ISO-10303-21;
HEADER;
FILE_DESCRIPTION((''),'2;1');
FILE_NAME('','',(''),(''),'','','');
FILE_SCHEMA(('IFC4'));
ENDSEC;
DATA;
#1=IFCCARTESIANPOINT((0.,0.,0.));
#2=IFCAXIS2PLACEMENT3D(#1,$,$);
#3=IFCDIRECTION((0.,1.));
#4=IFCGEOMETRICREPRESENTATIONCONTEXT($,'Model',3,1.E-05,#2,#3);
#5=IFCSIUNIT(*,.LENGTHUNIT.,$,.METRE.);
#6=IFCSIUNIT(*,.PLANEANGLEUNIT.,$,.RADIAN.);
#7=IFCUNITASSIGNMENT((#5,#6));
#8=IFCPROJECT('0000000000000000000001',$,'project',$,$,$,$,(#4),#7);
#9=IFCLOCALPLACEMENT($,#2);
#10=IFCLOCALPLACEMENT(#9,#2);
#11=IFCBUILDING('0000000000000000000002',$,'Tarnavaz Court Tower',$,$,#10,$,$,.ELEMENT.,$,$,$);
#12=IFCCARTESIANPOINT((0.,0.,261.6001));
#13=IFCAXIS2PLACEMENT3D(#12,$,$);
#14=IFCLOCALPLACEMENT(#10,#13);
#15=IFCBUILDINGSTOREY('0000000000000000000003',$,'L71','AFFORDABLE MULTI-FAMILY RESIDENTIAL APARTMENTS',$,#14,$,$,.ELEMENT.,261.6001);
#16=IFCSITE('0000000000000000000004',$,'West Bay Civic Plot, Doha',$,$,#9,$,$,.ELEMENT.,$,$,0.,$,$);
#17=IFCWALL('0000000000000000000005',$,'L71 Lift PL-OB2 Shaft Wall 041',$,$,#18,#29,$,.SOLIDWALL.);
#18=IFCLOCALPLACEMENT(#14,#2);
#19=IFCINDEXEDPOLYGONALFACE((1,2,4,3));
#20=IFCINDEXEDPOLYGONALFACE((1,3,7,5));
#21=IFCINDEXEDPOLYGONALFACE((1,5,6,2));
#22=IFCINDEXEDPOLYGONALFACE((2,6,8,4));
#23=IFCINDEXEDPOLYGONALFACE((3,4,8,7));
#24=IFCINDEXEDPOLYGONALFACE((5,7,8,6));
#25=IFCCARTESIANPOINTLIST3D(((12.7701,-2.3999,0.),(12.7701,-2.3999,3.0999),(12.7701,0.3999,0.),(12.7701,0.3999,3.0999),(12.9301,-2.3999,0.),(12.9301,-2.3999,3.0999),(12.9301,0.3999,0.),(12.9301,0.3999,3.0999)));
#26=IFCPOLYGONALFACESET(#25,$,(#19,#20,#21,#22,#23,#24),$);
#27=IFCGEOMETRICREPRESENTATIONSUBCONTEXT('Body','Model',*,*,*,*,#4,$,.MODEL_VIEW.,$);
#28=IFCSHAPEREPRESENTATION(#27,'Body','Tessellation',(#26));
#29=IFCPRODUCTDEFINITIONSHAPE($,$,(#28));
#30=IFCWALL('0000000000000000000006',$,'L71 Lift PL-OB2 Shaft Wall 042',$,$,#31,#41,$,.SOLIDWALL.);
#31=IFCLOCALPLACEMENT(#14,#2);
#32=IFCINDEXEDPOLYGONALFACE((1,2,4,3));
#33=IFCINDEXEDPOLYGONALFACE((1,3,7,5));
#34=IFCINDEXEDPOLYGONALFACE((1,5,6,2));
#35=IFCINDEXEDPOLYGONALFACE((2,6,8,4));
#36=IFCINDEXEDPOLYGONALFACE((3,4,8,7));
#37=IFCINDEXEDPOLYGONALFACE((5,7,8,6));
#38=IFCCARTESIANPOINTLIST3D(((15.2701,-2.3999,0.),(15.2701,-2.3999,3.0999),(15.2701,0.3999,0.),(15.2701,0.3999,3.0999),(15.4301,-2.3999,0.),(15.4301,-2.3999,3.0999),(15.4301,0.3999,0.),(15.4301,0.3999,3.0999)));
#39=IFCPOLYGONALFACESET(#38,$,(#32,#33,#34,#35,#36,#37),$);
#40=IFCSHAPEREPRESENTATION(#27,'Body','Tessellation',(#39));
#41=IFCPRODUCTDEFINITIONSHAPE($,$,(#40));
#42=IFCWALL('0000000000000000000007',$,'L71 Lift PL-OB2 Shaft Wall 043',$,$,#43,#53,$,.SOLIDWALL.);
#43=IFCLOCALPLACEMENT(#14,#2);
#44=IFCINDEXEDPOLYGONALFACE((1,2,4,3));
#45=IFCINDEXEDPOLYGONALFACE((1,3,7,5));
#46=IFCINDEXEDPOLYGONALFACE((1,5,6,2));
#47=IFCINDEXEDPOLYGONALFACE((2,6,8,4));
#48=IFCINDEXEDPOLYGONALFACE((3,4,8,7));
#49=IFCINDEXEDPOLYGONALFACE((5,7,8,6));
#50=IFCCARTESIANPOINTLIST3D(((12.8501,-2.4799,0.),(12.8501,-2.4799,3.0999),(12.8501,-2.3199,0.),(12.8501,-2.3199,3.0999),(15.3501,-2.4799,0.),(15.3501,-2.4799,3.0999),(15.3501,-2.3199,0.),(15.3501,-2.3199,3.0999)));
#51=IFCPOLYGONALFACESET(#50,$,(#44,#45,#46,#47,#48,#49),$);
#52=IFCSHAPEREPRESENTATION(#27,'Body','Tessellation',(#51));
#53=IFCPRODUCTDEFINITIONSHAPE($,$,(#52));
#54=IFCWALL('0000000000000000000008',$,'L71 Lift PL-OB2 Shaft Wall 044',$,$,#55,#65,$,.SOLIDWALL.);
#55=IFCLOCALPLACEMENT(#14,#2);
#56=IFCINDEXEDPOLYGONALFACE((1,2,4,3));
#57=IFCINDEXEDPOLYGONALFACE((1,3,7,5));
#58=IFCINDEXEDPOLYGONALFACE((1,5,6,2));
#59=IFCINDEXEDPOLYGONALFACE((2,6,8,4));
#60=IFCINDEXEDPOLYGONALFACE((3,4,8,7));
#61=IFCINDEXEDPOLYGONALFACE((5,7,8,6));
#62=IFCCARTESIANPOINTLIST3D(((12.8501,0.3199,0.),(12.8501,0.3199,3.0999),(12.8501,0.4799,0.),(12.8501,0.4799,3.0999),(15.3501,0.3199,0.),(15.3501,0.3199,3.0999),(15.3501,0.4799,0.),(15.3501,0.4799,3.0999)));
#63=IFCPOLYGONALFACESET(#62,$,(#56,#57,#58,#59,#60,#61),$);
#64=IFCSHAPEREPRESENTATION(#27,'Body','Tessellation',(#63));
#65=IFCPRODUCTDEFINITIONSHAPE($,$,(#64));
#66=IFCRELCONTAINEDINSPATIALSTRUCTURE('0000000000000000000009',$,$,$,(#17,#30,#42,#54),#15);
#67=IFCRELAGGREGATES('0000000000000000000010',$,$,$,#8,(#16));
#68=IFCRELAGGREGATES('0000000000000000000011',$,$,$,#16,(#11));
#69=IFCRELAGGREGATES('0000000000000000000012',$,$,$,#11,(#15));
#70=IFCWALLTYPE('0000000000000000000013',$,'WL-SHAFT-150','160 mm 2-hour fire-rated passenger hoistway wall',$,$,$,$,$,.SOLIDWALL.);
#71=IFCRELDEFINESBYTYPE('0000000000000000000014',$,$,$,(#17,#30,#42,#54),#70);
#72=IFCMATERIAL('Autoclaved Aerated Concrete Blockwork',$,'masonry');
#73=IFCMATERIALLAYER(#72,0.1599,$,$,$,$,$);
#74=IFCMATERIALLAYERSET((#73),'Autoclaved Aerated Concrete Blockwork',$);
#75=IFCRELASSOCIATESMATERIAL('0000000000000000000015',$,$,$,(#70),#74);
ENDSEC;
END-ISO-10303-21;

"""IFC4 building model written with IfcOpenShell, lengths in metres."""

from ifc_helpers import new_model, si_unit, direction, frame, frame_2d, origin, place, context, subcontext, project, spatial, rectangle, extrude, material, layer, layer_set, type_object, element, save


model = new_model("IFC4")

# Units and contexts
model_context = context("Model", 3, precision=1e-05, world=origin(), true_north=direction((0.0, 1.0)))
body_context = subcontext(model_context, "Body", "Model", "MODEL_VIEW")
ifc_project = project(units=[si_unit("LENGTHUNIT", "METRE"), si_unit("PLANEANGLEUNIT", "RADIAN")], contexts=[model_context])

# Site, building, storey
site_placement = place(None, origin())
site = spatial("IfcSite", under=ifc_project, at=site_placement, Name="West Bay Civic Plot, Doha", CompositionType="ELEMENT", RefElevation=0.0)
building_placement = place(site_placement, origin())
building = spatial("IfcBuilding", under=site, at=building_placement, Name="Tarnavaz Court Tower", CompositionType="ELEMENT")
storey_placement = place(building_placement, frame((0.0, 0.0, 261.6001)))
storey = spatial("IfcBuildingStorey", under=building, at=storey_placement, Name="L71", Description="AFFORDABLE MULTI-FAMILY RESIDENTIAL APARTMENTS", CompositionType="ELEMENT", Elevation=261.6001)

# Walls
ifc_material_1 = material(Name="Autoclaved Aerated Concrete Blockwork", Category="masonry")
ifc_layer_1 = layer(ifc_material_1, 0.1599)
ifc_layer_set_1 = layer_set([ifc_layer_1], Name="Autoclaved Aerated Concrete Blockwork")
wall_type_1 = type_object("IfcWallType", Name="WL-SHAFT-150", Description="160 mm 2-hour fire-rated passenger hoistway wall", PredefinedType="SOLIDWALL", material=ifc_layer_set_1)
for number, where, z_axis, x_axis, name in (
    (1, (12.8501, -2.3999, 0.0), (0.0, 0.0, 1.0), (0.0, 1.0, 0.0), "L71 Lift PL-OB2 Shaft Wall 041"),
    (2, (15.3501, -2.3999, 0.0), (0.0, 0.0, 1.0), (0.0, 1.0, 0.0), "L71 Lift PL-OB2 Shaft Wall 042"),
):
    element("IfcWall", number, at=place(storey_placement, frame(where, z_axis=z_axis, x_axis=x_axis)), inside=storey, type_object=wall_type_1, Name=name, PredefinedType="SOLIDWALL", context=body_context, shape_type="SweptSolid", body=[
        extrude(rectangle(XDim=2.7998, YDim=0.1599, at=frame_2d((1.3999, 0.0))), origin(), (0.0, 0.0, 1.0), 3.0999),
    ])
for number, where, z_axis, x_axis, name in (
    (3, (12.8501, -2.3999, 0.0), (0.0, 0.0, 1.0), (1.0, 0.0, 0.0), "L71 Lift PL-OB2 Shaft Wall 043"),
    (4, (12.8501, 0.3999, 0.0), (0.0, 0.0, 1.0), (1.0, 0.0, 0.0), "L71 Lift PL-OB2 Shaft Wall 044"),
):
    element("IfcWall", number, at=place(storey_placement, frame(where, z_axis=z_axis, x_axis=x_axis)), inside=storey, type_object=wall_type_1, Name=name, PredefinedType="SOLIDWALL", context=body_context, shape_type="SweptSolid", body=[
        extrude(rectangle(XDim=2.5, YDim=0.1599, at=frame_2d((1.25, 0.0))), origin(), (0.0, 0.0, 1.0), 3.0999),
    ])

save(model, "model.ifc")
